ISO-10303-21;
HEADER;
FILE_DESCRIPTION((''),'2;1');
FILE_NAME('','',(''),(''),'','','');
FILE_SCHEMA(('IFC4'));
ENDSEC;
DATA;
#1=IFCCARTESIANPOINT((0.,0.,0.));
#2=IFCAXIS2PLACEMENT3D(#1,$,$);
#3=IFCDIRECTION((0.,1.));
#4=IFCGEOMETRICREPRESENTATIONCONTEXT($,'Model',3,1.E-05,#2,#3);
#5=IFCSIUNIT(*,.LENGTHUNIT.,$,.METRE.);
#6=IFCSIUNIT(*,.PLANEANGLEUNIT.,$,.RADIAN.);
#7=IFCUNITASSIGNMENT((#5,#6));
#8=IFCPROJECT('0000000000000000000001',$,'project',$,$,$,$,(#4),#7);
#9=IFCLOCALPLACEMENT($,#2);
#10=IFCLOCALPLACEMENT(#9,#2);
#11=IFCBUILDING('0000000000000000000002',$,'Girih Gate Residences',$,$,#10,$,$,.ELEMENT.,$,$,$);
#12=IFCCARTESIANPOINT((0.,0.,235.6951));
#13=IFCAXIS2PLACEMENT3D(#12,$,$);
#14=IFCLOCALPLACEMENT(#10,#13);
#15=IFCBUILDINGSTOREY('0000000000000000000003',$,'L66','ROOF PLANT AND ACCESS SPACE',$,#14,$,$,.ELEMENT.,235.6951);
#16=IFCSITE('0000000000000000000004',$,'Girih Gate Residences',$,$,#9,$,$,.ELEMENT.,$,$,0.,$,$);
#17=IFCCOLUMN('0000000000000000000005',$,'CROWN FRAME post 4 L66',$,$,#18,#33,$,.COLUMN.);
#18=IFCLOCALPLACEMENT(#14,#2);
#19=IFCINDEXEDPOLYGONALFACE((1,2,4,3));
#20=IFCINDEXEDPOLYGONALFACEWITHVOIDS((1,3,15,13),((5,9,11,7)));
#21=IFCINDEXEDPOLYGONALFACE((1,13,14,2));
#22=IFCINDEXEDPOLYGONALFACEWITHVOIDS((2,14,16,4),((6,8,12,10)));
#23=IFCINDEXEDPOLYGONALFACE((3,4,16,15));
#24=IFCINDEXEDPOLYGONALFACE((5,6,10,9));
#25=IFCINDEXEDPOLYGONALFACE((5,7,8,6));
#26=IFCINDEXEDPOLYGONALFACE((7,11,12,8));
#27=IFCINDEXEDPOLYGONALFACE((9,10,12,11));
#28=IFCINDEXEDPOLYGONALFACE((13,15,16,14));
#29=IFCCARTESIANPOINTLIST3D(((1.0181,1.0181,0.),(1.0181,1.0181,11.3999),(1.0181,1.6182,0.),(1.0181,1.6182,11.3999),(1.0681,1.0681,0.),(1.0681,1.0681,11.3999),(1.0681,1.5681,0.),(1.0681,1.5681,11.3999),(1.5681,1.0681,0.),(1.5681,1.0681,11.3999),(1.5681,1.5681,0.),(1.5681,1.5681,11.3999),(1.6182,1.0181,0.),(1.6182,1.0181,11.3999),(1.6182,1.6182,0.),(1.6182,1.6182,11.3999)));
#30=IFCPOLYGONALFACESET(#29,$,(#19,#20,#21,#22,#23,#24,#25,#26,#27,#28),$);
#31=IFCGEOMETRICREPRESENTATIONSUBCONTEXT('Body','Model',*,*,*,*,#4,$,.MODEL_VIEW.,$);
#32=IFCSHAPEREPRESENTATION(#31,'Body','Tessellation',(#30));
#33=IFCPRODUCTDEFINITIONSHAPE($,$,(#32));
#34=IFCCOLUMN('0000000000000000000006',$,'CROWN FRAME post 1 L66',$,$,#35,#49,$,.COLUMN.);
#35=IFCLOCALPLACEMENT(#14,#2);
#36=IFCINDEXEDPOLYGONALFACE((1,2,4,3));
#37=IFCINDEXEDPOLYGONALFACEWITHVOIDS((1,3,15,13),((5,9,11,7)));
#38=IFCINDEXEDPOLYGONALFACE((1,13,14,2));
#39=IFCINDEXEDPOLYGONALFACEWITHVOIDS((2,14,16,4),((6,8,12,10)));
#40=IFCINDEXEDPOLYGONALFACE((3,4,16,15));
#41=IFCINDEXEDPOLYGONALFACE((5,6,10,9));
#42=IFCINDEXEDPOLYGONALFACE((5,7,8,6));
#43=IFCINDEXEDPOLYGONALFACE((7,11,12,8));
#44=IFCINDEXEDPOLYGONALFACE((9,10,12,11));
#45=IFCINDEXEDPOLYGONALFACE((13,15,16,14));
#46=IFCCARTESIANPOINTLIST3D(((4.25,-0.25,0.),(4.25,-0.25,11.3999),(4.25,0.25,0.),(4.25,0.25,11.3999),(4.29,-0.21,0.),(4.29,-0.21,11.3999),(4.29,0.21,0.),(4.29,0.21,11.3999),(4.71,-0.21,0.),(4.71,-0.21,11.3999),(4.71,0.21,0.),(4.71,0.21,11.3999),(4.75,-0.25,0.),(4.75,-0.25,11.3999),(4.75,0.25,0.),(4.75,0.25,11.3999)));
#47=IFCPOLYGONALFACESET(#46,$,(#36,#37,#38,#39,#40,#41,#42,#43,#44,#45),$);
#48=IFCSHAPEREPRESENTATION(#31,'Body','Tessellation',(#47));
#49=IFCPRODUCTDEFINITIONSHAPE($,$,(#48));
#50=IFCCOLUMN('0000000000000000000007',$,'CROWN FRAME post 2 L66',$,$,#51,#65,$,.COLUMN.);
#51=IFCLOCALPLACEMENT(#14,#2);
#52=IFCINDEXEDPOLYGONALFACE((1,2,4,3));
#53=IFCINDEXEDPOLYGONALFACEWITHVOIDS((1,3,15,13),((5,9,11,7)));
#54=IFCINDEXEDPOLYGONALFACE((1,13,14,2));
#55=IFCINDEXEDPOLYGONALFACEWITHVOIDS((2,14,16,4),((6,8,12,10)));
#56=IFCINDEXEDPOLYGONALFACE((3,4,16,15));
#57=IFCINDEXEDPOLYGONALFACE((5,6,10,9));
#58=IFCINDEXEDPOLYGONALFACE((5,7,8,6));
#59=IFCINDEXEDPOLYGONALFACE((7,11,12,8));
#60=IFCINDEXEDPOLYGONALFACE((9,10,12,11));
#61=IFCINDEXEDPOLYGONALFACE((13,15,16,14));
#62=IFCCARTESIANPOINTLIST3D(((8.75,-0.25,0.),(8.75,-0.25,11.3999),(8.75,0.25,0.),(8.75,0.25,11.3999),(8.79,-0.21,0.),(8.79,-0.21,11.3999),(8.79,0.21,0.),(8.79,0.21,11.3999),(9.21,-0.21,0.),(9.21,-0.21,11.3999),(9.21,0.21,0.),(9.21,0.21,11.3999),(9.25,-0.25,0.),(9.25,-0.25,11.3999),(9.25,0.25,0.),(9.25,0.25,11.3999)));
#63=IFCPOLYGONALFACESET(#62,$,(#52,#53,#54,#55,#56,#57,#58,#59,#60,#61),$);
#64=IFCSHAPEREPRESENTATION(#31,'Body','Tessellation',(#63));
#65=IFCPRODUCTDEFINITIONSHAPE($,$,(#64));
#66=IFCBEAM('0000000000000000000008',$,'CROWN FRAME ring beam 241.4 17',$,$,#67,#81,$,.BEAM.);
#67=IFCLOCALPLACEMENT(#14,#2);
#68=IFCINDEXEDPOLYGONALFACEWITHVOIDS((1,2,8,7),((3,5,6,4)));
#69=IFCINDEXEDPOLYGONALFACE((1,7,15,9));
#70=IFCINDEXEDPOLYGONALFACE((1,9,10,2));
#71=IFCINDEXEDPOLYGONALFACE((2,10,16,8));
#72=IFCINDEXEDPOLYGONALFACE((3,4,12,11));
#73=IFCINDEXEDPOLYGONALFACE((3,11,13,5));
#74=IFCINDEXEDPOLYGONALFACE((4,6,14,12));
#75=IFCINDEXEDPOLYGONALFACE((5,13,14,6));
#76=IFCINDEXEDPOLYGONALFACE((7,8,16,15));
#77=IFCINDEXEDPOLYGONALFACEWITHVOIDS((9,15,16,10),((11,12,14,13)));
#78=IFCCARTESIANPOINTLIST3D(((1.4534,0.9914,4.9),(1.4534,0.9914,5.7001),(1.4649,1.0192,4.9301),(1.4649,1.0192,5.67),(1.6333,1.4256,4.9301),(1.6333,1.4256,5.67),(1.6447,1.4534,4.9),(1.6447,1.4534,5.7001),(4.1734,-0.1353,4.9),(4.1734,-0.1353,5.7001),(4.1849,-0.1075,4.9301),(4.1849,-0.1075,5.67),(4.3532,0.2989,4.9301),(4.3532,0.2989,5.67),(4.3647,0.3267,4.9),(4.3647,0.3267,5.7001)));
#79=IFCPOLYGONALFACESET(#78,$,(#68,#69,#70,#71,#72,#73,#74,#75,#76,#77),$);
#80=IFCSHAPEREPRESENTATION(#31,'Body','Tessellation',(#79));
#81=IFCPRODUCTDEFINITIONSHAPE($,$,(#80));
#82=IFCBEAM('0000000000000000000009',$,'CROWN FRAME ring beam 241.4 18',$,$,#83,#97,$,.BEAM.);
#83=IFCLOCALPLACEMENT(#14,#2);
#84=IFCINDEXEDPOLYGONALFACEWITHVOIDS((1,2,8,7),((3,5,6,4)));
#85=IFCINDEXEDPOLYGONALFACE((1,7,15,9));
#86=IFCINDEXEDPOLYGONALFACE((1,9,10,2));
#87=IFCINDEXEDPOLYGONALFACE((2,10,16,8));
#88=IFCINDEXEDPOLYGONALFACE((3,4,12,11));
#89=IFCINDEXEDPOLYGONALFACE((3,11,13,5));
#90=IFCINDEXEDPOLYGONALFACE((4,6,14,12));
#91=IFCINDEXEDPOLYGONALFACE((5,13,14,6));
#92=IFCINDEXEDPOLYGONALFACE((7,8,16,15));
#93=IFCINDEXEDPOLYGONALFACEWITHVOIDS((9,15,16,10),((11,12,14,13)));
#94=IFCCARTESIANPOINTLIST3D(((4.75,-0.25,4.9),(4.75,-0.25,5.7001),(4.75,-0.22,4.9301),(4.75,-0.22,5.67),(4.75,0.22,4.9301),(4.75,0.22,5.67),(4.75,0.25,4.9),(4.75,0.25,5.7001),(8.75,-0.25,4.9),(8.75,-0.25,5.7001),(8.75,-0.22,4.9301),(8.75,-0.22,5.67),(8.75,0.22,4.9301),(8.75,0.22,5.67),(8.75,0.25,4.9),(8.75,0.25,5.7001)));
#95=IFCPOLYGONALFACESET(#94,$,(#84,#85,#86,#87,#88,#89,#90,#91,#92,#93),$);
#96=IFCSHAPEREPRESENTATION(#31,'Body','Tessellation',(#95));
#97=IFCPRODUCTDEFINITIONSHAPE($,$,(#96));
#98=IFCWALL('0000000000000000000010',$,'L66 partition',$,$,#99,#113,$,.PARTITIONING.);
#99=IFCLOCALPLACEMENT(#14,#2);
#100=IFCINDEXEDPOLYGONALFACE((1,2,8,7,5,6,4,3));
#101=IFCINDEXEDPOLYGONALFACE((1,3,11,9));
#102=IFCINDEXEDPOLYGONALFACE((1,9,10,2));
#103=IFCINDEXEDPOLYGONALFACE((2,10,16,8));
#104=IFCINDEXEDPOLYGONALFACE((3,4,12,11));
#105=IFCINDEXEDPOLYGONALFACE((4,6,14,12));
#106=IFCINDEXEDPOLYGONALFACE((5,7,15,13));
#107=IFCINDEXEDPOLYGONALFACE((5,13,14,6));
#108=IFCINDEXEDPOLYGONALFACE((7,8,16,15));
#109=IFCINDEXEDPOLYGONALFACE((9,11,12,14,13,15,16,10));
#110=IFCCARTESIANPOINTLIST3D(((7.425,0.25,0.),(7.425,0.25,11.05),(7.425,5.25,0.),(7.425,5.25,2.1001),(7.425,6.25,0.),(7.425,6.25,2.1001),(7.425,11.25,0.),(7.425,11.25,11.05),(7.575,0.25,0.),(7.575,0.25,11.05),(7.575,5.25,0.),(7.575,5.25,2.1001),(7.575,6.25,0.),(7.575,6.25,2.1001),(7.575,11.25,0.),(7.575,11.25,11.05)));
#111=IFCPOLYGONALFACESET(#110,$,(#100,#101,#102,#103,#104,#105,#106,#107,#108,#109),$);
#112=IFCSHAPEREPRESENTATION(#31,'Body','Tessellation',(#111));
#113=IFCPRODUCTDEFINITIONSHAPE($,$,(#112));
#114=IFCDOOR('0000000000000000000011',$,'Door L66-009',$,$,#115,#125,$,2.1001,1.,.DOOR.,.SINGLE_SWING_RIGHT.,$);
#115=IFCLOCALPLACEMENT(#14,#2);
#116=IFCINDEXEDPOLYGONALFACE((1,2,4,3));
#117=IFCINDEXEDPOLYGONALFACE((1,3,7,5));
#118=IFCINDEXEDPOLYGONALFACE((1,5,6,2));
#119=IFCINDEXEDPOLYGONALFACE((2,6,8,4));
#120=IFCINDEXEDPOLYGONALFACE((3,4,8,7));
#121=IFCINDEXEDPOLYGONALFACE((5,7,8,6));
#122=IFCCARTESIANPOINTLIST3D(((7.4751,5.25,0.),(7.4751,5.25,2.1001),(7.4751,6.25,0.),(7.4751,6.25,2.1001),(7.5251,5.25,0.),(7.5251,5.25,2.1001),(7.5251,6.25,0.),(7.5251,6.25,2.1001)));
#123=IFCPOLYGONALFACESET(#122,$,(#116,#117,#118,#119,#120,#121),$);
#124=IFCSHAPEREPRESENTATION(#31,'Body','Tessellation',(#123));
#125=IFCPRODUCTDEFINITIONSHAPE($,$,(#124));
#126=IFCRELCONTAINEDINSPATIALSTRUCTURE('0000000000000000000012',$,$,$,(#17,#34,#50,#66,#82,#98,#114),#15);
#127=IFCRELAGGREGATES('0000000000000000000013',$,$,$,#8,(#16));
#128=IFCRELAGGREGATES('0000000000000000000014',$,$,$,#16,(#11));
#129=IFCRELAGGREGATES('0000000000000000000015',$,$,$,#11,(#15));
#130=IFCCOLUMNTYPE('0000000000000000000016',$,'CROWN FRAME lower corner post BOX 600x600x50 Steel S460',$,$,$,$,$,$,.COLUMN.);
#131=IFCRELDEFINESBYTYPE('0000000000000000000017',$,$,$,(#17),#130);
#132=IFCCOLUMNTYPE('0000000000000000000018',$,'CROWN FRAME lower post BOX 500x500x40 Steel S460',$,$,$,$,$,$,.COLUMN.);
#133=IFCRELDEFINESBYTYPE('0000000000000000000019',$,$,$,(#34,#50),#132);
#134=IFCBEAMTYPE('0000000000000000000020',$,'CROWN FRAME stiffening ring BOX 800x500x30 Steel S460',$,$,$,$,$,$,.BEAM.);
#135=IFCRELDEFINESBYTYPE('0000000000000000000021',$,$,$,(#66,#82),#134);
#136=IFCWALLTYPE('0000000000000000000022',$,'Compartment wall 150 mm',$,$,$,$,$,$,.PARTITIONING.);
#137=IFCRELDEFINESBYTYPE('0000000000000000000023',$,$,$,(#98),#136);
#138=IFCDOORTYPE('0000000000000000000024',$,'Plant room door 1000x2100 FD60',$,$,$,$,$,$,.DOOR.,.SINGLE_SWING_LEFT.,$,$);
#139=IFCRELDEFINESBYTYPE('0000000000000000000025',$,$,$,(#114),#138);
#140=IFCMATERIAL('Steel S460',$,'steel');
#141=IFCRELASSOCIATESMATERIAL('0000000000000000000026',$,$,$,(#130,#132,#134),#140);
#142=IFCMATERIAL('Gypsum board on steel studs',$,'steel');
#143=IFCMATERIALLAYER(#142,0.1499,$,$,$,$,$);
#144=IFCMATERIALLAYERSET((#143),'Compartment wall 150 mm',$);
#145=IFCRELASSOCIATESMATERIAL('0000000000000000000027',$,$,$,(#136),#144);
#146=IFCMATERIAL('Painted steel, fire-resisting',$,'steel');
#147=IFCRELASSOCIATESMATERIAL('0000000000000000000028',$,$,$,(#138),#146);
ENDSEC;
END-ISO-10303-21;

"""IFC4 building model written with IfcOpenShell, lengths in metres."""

from ifc_helpers import new_model, si_unit, direction, frame, frame_2d, origin, origin_2d, place, context, subcontext, project, spatial, rectangle, hollow_rectangle, extrude, material, layer, layer_set, material_profile, profile_set, type_object, element, fill, save


model = new_model("IFC4")

# Units and contexts
model_context = context("Model", 3, precision=1e-05, world=origin(), true_north=direction((0.0, 1.0)))
body_context = subcontext(model_context, "Body", "Model", "MODEL_VIEW")
ifc_project = project(units=[si_unit("LENGTHUNIT", "METRE"), si_unit("PLANEANGLEUNIT", "RADIAN")], contexts=[model_context])

# Site, building, storey
site_placement = place(None, origin())
site = spatial("IfcSite", under=ifc_project, at=site_placement, Name="Girih Gate Residences", CompositionType="ELEMENT", RefElevation=0.0)
building_placement = place(site_placement, origin())
building = spatial("IfcBuilding", under=site, at=building_placement, Name="Girih Gate Residences", CompositionType="ELEMENT")
storey_placement = place(building_placement, frame((0.0, 0.0, 235.6951)))
storey = spatial("IfcBuildingStorey", under=building, at=storey_placement, Name="L66", Description="ROOF PLANT AND ACCESS SPACE", CompositionType="ELEMENT", Elevation=235.6951)

# Columns
ifc_material_1 = material(Name="Steel S460", Category="steel")
ifc_material_profile_1 = material_profile(ifc_material_1, hollow_rectangle(XDim=0.6001, YDim=0.6001, WallThickness=0.05, at=origin_2d()))
ifc_profile_set_1 = profile_set([ifc_material_profile_1], Name="Steel S460")
column_type_1 = type_object("IfcColumnType", Name="CROWN FRAME lower corner post BOX 600x600x50 Steel S460", PredefinedType="COLUMN", material=ifc_profile_set_1)
column_placement = place(storey_placement, frame((1.3181, 1.3181, 0.0), z_axis=(0.0, 0.0, 1.0), x_axis=(1.0, 0.0, 0.0)))
element("IfcColumn", 1, at=column_placement, inside=storey, type_object=column_type_1, Name="CROWN FRAME post 4 L66", PredefinedType="COLUMN", context=body_context, shape_type="SweptSolid", body=[
    extrude(hollow_rectangle(XDim=0.6001, YDim=0.6001, WallThickness=0.05, at=origin_2d()), origin(), (0.0, 0.0, 1.0), 11.3999),
])
ifc_material_profile_2 = material_profile(ifc_material_1, hollow_rectangle(XDim=0.5, YDim=0.5, WallThickness=0.04, at=origin_2d()))
ifc_profile_set_2 = profile_set([ifc_material_profile_2], Name="Steel S460")
column_type_2 = type_object("IfcColumnType", Name="CROWN FRAME lower post BOX 500x500x40 Steel S460", PredefinedType="COLUMN", material=ifc_profile_set_2)
for number, where, z_axis, x_axis, name in (
    (2, (4.5, 0.0, 0.0), (0.0, 0.0, 1.0), (1.0, 0.0, 0.0), "CROWN FRAME post 1 L66"),
    (3, (9.0, 0.0, 0.0), (0.0, 0.0, 1.0), (1.0, 0.0, 0.0), "CROWN FRAME post 2 L66"),
):
    element("IfcColumn", number, at=place(storey_placement, frame(where, z_axis=z_axis, x_axis=x_axis)), inside=storey, type_object=column_type_2, Name=name, PredefinedType="COLUMN", context=body_context, shape_type="SweptSolid", body=[
        extrude(hollow_rectangle(XDim=0.5, YDim=0.5, WallThickness=0.04, at=origin_2d()), origin(), (0.0, 0.0, 1.0), 11.3999),
    ])

# Beams
ifc_material_profile_3 = material_profile(ifc_material_1, hollow_rectangle(XDim=0.5, YDim=0.8, WallThickness=0.03, at=origin_2d()))
ifc_profile_set_3 = profile_set([ifc_material_profile_3], Name="Steel S460")
beam_type = type_object("IfcBeamType", Name="CROWN FRAME stiffening ring BOX 800x500x30 Steel S460", PredefinedType="BEAM", material=ifc_profile_set_3)
beam_1_placement = place(storey_placement, frame((1.5491, 1.2224, 5.3), z_axis=(0.923872, -0.382701, 0.0), x_axis=(0.382701, 0.923872, 0.0)))
element("IfcBeam", 4, at=beam_1_placement, inside=storey, type_object=beam_type, Name="CROWN FRAME ring beam 241.4 17", PredefinedType="BEAM", context=body_context, shape_type="SweptSolid", body=[
    extrude(hollow_rectangle(XDim=0.5, YDim=0.8, WallThickness=0.03, at=origin_2d()), origin(), (0.0, 0.0, 1.0), 2.9441),
])
beam_2_placement = place(storey_placement, frame((4.75, 0.0, 5.3), z_axis=(1.0, 0.0, 0.0), x_axis=(0.0, 1.0, 0.0)))
element("IfcBeam", 5, at=beam_2_placement, inside=storey, type_object=beam_type, Name="CROWN FRAME ring beam 241.4 18", PredefinedType="BEAM", context=body_context, shape_type="SweptSolid", body=[
    extrude(hollow_rectangle(XDim=0.5, YDim=0.8, WallThickness=0.03, at=origin_2d()), origin(), (0.0, 0.0, 1.0), 4.0),
])

# Wall, opening, door
ifc_material_2 = material(Name="Gypsum board on steel studs", Category="steel")
ifc_layer = layer(ifc_material_2, 0.1499)
ifc_layer_set = layer_set([ifc_layer], Name="Compartment wall 150 mm")
wall_type = type_object("IfcWallType", Name="Compartment wall 150 mm", PredefinedType="PARTITIONING", material=ifc_layer_set)
wall_placement = place(storey_placement, frame((7.5, 0.25, 0.0), z_axis=(0.0, 0.0, 1.0), x_axis=(0.0, 1.0, 0.0)))
wall = element("IfcWall", 6, at=wall_placement, inside=storey, type_object=wall_type, Name="L66 partition", PredefinedType="PARTITIONING", context=body_context, shape_type="SweptSolid", body=[
    extrude(rectangle(XDim=11.0, YDim=0.1499, at=frame_2d((5.5, 0.0))), origin(), (0.0, 0.0, 1.0), 11.05),
])
opening_placement = place(wall_placement, frame((5.0, 0.0, 0.0)))
opening = element("IfcOpeningElement", 7, at=opening_placement, cuts=wall, PredefinedType="OPENING", context=body_context, shape_type="SweptSolid", body=[
    extrude(rectangle(XDim=1.0, YDim=2.1001, at=frame_2d((0.5, 1.05))), frame((0.0, 0.085, 0.0), z_axis=(0.0, -1.0, 0.0), x_axis=(1.0, 0.0, 0.0)), (0.0, 0.0, 1.0), 0.1699),
])
ifc_material_3 = material(Name="Painted steel, fire-resisting", Category="steel")
door_type = type_object("IfcDoorType", Name="Plant room door 1000x2100 FD60", OperationType="SINGLE_SWING_LEFT", PredefinedType="DOOR", material=ifc_material_3)
door_placement = place(opening_placement, origin())
door = element("IfcDoor", 8, at=door_placement, inside=storey, type_object=door_type, Name="Door L66-009", OperationType="SINGLE_SWING_RIGHT", OverallHeight=2.1001, OverallWidth=1.0, PredefinedType="DOOR", context=body_context, shape_type="SweptSolid", body=[
    extrude(rectangle(XDim=1.0, YDim=2.1001, at=frame_2d((0.5, 1.05))), frame((0.0, 0.0249, 0.0), z_axis=(0.0, -1.0, 0.0), x_axis=(1.0, 0.0, 0.0)), (0.0, 0.0, 1.0), 0.05),
])
fill(opening, door)

save(model, "model.ifc")
